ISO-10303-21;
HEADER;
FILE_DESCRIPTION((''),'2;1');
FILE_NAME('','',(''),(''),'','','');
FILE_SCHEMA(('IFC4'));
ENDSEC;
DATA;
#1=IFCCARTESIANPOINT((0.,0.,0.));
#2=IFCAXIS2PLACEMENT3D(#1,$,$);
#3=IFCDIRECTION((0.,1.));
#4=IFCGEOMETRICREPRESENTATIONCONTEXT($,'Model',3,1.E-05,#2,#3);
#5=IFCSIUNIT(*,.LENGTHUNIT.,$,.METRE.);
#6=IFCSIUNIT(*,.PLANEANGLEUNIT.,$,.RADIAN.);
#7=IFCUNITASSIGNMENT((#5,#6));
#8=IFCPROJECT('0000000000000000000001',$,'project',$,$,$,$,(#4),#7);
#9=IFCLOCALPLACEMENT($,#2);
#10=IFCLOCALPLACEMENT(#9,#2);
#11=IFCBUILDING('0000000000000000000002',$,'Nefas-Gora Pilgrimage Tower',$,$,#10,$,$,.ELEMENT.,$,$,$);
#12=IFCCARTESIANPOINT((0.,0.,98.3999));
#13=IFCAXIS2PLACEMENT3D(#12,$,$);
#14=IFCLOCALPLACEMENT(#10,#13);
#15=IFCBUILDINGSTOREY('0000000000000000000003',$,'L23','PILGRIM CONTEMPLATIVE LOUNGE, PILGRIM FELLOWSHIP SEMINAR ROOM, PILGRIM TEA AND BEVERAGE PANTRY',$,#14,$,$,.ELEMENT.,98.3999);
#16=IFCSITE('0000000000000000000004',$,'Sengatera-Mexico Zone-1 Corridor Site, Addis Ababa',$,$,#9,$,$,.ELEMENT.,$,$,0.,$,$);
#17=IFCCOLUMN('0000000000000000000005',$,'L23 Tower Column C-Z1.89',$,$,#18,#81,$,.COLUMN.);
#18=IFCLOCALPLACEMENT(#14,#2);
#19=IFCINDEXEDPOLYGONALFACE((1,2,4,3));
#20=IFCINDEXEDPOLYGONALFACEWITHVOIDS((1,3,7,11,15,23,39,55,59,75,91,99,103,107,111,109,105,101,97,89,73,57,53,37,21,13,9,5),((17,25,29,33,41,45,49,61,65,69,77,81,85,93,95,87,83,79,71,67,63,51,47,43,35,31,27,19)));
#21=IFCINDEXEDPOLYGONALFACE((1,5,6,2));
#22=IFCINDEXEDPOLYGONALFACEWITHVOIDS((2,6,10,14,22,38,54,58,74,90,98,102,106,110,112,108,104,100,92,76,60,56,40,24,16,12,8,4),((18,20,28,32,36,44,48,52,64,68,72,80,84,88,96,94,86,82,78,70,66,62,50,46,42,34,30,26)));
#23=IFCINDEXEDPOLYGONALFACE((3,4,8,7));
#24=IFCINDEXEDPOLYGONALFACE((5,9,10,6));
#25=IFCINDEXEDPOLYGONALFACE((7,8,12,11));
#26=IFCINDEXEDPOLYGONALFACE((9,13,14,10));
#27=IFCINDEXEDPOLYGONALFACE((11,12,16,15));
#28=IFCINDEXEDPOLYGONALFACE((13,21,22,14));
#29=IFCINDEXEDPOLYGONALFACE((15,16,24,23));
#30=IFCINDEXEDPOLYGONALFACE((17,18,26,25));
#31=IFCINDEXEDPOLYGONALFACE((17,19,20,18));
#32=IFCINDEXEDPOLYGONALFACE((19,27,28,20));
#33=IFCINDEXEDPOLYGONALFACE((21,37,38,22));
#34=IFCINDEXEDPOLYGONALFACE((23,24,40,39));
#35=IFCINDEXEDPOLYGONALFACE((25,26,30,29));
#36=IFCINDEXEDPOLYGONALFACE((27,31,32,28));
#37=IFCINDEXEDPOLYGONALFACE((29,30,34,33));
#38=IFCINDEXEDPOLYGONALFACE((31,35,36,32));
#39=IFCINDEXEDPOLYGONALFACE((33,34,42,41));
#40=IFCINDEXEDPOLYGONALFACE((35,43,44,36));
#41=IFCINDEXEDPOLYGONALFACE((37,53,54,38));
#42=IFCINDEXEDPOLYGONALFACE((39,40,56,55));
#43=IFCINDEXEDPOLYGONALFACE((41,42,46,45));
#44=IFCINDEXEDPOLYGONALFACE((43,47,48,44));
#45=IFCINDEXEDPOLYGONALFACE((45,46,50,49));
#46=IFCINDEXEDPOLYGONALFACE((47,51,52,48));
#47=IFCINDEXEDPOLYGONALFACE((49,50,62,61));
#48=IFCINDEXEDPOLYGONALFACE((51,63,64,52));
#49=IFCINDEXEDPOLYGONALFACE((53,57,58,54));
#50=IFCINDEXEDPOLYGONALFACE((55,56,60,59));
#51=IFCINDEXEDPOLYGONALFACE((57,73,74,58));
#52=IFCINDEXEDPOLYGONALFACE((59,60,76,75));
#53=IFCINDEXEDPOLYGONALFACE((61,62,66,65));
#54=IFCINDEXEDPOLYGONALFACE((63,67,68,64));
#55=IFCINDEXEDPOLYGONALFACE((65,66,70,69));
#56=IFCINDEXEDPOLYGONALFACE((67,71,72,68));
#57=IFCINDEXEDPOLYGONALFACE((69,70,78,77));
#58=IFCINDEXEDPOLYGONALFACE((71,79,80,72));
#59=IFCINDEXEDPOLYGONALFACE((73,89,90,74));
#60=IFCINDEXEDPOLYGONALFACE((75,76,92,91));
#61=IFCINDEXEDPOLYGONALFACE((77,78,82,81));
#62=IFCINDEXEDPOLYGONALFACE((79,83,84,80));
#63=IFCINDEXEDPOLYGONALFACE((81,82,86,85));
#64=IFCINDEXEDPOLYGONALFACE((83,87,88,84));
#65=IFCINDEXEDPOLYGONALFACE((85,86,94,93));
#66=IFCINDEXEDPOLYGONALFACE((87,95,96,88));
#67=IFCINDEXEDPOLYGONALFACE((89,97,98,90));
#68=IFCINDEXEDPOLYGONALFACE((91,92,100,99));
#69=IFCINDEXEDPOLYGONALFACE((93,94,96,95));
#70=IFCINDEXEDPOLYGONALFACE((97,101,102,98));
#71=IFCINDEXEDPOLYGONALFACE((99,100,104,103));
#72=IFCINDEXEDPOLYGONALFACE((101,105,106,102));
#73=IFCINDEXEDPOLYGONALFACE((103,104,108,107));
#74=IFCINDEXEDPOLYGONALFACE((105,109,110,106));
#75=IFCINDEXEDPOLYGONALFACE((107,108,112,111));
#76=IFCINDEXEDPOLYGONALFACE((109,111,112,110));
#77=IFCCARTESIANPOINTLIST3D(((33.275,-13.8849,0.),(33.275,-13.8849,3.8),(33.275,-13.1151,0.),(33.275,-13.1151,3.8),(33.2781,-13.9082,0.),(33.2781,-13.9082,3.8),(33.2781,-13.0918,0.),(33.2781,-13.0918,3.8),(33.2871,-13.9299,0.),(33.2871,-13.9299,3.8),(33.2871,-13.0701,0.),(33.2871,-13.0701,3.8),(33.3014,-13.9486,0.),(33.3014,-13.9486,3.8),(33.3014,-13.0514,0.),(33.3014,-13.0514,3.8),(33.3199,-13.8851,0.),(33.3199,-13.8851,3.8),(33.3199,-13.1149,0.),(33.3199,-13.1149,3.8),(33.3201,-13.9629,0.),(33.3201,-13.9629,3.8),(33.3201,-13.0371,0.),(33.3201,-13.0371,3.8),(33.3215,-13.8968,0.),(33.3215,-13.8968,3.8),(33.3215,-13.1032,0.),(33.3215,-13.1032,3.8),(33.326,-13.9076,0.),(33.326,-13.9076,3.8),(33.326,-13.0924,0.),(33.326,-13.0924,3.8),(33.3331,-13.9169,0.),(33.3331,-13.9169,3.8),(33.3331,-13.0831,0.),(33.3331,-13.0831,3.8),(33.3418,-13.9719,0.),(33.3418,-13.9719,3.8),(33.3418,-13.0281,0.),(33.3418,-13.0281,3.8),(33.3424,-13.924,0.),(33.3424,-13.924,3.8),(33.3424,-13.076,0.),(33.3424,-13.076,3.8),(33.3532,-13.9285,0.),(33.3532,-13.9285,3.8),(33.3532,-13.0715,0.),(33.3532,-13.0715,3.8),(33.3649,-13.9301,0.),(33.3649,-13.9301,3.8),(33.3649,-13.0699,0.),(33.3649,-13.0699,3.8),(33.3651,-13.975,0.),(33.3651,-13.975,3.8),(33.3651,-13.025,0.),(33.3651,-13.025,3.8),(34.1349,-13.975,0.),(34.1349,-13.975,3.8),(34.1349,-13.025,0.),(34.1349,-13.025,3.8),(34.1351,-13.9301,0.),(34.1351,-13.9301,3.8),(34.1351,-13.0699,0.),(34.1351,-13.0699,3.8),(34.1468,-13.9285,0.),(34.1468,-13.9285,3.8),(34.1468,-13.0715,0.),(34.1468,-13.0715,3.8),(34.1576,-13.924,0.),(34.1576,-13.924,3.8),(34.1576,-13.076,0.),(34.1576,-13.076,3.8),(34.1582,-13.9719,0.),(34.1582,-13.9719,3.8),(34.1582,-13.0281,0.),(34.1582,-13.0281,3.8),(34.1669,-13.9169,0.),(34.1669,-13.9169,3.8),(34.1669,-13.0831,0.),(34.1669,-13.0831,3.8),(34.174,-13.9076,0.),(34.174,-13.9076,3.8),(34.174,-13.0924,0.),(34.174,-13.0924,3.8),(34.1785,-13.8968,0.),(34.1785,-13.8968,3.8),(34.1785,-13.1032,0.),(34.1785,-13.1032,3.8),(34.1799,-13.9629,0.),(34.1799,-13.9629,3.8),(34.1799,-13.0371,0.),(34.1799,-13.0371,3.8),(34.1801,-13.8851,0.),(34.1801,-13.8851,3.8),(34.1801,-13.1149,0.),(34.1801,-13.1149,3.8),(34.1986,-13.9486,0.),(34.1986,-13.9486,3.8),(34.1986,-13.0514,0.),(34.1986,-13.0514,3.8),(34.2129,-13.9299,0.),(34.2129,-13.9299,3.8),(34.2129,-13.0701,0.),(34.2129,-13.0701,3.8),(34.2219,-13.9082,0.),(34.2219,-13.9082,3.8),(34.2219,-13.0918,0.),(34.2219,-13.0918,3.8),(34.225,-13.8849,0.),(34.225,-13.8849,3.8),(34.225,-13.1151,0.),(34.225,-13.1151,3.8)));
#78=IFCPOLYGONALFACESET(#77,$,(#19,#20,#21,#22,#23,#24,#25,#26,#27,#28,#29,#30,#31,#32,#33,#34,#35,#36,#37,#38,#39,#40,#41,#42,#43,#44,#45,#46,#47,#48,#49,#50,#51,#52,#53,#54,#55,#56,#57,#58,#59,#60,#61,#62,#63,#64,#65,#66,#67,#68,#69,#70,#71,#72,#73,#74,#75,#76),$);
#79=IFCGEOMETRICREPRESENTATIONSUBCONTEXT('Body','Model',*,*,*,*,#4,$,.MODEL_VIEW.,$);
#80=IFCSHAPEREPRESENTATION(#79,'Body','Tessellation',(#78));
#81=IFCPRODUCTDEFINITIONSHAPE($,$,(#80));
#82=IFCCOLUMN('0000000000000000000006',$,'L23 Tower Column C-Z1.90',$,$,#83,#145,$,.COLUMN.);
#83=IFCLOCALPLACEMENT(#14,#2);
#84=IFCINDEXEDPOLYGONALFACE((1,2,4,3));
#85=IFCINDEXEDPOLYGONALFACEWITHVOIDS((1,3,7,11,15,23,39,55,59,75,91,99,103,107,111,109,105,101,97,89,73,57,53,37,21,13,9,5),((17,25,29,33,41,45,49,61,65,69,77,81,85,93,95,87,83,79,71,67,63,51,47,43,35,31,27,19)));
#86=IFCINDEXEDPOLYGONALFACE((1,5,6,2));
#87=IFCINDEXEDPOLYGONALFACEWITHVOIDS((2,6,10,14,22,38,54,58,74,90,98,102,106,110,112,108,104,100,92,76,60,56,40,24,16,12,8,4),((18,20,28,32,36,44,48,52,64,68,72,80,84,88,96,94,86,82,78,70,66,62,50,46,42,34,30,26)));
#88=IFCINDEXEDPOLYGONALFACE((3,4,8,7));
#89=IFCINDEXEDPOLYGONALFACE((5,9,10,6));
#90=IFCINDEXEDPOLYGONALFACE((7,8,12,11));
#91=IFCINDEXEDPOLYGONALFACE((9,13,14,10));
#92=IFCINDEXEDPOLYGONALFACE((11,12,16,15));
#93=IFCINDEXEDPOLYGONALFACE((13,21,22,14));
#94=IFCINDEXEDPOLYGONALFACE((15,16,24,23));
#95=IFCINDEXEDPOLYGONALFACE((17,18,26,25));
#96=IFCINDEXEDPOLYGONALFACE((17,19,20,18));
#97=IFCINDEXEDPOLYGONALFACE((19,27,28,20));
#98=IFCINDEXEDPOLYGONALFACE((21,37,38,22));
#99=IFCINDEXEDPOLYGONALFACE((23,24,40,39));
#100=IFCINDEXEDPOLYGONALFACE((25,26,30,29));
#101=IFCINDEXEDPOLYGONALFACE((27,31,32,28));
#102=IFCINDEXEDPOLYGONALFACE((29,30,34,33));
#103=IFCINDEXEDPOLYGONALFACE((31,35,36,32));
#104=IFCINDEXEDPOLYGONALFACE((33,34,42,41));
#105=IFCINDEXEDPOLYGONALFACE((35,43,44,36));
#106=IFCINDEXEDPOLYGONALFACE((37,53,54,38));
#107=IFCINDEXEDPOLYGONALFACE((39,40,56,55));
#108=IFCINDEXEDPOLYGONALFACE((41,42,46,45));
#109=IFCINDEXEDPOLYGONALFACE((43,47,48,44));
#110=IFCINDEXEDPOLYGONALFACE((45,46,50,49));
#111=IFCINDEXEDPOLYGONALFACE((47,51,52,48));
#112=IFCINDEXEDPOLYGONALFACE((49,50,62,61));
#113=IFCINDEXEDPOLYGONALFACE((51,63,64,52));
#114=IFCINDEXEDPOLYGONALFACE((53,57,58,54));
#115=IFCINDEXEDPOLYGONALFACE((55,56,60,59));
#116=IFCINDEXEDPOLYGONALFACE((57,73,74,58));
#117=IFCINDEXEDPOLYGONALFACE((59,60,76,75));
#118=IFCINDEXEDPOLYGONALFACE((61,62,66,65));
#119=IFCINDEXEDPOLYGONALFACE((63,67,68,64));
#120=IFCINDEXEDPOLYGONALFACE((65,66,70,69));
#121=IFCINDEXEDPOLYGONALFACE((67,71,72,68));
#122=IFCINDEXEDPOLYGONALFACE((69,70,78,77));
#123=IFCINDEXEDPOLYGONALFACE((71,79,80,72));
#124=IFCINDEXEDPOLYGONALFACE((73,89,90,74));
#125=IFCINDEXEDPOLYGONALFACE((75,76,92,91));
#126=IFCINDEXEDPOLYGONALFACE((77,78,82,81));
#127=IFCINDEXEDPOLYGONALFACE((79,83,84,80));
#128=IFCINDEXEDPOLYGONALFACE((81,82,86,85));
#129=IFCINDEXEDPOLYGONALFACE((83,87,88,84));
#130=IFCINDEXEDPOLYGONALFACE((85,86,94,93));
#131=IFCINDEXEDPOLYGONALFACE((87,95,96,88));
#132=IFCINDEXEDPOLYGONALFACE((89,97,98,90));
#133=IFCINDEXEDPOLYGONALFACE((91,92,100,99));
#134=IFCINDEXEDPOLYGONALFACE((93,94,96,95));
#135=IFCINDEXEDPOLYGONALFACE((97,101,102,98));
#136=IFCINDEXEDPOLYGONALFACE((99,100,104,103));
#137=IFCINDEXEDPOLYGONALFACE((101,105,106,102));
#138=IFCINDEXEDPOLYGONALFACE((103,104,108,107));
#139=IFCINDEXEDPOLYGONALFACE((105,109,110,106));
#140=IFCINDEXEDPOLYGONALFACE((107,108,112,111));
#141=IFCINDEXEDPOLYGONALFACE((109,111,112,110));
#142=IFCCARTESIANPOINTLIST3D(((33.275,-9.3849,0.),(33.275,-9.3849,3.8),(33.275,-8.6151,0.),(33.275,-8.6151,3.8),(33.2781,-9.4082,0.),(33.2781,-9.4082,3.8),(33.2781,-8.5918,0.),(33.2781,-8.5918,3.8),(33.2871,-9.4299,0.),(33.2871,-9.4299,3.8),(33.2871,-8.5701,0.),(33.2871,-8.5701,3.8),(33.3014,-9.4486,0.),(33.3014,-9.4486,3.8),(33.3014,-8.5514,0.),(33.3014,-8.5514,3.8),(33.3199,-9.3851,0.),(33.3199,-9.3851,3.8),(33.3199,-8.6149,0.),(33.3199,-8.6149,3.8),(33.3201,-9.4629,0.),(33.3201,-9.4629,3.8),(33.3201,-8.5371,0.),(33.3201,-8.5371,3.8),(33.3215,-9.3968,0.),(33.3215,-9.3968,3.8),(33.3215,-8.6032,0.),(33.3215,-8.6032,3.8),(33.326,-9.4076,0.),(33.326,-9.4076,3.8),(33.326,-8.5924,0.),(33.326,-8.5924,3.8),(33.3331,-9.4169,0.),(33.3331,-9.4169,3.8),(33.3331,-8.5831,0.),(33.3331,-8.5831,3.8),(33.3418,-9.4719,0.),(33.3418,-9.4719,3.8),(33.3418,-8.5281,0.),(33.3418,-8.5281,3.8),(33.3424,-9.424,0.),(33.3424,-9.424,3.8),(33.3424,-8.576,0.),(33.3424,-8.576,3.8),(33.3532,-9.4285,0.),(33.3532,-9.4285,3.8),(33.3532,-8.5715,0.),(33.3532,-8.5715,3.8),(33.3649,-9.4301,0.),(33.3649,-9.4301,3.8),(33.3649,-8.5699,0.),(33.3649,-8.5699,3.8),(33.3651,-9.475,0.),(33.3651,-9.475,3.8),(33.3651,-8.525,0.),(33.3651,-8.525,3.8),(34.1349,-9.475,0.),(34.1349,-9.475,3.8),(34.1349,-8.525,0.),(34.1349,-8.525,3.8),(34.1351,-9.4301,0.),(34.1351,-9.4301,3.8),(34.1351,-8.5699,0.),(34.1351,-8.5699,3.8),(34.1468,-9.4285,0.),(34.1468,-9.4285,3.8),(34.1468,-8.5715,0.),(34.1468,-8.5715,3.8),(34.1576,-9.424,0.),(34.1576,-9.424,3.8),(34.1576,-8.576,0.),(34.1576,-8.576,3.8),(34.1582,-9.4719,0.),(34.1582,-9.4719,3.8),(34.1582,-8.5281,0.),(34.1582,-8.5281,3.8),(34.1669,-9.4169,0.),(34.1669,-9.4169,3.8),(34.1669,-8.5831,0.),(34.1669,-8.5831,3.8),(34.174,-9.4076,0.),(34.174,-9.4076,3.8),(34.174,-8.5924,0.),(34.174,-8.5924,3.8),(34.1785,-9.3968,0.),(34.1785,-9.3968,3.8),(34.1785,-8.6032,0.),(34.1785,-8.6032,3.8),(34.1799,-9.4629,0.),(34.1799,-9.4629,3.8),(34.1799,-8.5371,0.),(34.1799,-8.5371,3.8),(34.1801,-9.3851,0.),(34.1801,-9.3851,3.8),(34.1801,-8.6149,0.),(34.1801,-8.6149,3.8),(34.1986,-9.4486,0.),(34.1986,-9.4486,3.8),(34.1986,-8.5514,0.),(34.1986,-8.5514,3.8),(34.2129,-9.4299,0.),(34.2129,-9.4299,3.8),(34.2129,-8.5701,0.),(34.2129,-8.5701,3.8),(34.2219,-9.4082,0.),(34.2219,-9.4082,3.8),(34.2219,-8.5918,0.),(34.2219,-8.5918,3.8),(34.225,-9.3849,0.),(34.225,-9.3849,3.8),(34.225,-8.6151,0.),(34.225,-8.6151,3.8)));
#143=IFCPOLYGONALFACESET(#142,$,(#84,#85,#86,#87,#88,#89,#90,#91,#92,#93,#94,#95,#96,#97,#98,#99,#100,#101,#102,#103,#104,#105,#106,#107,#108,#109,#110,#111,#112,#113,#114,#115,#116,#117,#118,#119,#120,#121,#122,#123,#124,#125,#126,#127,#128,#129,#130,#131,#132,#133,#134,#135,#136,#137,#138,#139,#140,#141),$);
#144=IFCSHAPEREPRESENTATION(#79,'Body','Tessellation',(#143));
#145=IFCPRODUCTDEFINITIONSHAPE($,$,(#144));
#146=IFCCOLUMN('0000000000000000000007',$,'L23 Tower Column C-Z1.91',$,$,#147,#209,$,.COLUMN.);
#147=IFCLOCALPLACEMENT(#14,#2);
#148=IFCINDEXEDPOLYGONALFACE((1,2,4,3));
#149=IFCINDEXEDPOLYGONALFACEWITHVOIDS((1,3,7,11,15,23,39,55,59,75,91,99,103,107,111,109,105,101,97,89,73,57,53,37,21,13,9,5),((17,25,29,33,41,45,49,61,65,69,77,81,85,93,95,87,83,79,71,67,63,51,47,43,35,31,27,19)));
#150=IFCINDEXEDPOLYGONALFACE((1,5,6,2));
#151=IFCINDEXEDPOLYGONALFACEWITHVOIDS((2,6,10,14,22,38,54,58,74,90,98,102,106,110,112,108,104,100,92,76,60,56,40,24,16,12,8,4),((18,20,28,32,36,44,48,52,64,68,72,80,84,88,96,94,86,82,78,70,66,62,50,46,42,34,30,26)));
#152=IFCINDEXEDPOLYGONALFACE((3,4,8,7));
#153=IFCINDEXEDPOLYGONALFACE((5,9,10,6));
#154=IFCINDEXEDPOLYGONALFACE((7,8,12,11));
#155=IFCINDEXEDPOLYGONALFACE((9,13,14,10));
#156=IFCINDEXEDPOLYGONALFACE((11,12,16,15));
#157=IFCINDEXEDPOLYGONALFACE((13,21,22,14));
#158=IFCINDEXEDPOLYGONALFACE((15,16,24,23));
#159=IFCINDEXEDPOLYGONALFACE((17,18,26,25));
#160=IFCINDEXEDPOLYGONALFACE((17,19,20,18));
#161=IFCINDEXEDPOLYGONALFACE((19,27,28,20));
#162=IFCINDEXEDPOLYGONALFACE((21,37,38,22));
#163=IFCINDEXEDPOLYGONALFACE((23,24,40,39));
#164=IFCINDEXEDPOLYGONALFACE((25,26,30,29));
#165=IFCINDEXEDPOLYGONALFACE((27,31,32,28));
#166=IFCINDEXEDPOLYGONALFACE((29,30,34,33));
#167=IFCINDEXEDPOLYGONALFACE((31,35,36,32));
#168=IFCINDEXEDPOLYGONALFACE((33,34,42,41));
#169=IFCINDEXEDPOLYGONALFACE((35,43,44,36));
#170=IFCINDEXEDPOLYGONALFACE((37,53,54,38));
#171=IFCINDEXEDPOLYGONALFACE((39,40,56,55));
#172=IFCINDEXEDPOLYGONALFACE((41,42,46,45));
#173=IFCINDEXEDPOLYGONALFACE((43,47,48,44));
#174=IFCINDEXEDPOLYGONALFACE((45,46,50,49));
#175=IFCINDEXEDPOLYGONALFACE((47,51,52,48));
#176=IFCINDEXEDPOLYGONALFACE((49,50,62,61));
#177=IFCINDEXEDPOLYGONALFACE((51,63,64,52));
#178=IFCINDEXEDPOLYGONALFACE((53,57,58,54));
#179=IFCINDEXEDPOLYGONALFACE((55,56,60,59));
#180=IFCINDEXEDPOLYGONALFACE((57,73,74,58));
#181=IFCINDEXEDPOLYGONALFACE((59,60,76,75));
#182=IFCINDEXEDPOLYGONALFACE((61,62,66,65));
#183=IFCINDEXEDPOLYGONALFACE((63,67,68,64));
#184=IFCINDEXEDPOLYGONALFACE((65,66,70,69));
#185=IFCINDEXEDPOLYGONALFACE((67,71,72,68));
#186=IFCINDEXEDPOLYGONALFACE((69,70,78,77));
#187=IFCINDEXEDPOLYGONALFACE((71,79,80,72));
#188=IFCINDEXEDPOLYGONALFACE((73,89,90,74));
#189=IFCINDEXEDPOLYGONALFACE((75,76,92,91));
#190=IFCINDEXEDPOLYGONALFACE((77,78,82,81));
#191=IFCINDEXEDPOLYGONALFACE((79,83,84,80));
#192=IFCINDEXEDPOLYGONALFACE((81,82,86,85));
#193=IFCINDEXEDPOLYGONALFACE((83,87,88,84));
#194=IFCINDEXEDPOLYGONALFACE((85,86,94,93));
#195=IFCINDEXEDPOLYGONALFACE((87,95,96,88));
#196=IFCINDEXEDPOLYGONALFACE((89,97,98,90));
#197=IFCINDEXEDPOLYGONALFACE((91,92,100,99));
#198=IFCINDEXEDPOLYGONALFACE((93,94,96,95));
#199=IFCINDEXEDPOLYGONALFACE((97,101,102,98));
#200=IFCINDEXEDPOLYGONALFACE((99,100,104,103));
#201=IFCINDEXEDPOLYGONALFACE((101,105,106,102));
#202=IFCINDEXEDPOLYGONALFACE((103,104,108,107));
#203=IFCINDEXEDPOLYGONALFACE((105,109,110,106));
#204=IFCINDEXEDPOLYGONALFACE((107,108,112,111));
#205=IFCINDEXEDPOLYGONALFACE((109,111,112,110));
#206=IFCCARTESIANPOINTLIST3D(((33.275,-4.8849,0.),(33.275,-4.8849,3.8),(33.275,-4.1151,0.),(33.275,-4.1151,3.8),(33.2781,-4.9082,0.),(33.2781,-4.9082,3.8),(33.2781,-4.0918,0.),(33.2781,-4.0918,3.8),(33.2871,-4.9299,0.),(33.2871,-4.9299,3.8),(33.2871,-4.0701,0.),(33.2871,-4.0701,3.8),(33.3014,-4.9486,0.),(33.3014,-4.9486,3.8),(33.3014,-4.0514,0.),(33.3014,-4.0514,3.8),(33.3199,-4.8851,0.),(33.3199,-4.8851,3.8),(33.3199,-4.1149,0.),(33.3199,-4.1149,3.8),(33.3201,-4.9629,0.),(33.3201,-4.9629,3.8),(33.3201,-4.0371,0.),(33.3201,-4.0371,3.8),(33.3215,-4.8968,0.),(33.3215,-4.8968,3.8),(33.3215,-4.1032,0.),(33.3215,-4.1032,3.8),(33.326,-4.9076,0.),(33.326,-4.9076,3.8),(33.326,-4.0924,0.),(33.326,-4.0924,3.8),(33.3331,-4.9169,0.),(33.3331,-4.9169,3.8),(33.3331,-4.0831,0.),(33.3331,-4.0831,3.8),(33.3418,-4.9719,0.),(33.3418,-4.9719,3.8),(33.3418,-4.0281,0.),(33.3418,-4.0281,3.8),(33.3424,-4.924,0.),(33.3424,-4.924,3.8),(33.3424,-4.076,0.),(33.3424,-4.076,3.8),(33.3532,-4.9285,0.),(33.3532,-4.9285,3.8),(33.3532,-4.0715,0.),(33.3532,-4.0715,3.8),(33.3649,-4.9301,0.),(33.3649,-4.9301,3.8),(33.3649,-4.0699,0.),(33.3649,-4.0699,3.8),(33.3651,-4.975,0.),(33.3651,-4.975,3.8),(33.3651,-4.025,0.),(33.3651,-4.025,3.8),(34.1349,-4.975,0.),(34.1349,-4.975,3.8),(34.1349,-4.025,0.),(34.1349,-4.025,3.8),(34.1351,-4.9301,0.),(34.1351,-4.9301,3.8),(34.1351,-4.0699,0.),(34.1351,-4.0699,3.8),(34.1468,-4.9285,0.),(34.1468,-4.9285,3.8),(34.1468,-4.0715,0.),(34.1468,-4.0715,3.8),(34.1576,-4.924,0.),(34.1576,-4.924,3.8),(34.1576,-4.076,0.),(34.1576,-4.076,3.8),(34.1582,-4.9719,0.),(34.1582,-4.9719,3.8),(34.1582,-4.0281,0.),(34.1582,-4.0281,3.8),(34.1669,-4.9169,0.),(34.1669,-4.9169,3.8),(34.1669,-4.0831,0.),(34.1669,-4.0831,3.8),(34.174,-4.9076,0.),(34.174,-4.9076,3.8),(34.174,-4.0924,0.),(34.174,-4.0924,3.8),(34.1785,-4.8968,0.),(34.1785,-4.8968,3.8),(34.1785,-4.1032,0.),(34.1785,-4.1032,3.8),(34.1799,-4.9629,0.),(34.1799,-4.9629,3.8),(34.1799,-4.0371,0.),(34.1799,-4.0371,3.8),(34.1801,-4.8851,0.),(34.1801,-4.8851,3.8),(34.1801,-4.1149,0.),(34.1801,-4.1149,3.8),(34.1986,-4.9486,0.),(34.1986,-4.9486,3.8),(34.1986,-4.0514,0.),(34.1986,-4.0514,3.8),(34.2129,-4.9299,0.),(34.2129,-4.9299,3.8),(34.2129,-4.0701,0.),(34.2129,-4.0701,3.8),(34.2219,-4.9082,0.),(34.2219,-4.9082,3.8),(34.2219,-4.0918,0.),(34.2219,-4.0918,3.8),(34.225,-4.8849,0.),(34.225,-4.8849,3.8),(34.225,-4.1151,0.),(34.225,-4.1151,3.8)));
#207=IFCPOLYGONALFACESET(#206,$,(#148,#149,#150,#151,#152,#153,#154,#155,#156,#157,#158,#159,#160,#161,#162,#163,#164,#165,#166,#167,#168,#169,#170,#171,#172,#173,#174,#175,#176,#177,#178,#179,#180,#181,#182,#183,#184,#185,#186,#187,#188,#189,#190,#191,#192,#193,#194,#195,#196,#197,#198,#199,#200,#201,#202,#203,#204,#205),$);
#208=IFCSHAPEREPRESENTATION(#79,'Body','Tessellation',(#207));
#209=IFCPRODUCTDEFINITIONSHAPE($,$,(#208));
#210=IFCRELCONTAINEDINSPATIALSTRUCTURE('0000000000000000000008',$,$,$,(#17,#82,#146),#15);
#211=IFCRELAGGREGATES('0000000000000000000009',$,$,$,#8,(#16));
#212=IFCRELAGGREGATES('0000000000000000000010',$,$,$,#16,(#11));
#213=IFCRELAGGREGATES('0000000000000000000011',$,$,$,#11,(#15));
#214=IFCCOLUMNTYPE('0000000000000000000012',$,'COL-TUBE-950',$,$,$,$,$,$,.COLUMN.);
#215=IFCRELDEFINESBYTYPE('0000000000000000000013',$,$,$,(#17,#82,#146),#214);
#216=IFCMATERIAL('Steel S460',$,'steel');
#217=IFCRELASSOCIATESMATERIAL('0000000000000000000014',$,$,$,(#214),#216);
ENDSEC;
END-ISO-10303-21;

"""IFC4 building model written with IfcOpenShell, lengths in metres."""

from ifc_helpers import new_model, si_unit, direction, frame, origin, origin_2d, place, context, subcontext, project, spatial, hollow_rectangle, extrude, source, transform, mapped, material, material_profile, profile_set, type_object, element, save


model = new_model("IFC4")

# Units and contexts
model_context = context("Model", 3, precision=1e-05, world=origin(), true_north=direction((0.0, 1.0)))
body_context = subcontext(model_context, "Body", "Model", "MODEL_VIEW")
ifc_project = project(units=[si_unit("LENGTHUNIT", "METRE"), si_unit("PLANEANGLEUNIT", "RADIAN")], contexts=[model_context])

# Site, building, storey
site_placement = place(None, origin())
site = spatial("IfcSite", under=ifc_project, at=site_placement, Name="Sengatera-Mexico Zone-1 Corridor Site, Addis Ababa", CompositionType="ELEMENT", RefElevation=0.0)
building_placement = place(site_placement, origin())
building = spatial("IfcBuilding", under=site, at=building_placement, Name="Nefas-Gora Pilgrimage Tower", CompositionType="ELEMENT")
storey_placement = place(building_placement, frame((0.0, 0.0, 98.3999)))
storey = spatial("IfcBuildingStorey", under=building, at=storey_placement, Name="L23", Description="PILGRIM CONTEMPLATIVE LOUNGE, PILGRIM FELLOWSHIP SEMINAR ROOM, PILGRIM TEA AND BEVERAGE PANTRY", CompositionType="ELEMENT", Elevation=98.3999)

# Columns
ifc_material_1 = material(Name="Steel S460", Category="steel")
ifc_material_profile_1 = material_profile(ifc_material_1, hollow_rectangle(XDim=0.95, YDim=0.95, WallThickness=0.0449, InnerFilletRadius=0.0449, OuterFilletRadius=0.0901, at=origin_2d()), Name="BOX 950x950x45")
ifc_profile_set_1 = profile_set([ifc_material_profile_1], Name="Steel S460")
column_type_1 = type_object("IfcColumnType", Name="COL-TUBE-950", PredefinedType="COLUMN", material=ifc_profile_set_1)
shared_shape_1 = source(origin(), body_context, "Body", "SweptSolid", [
    extrude(hollow_rectangle(XDim=0.95, YDim=0.95, WallThickness=0.0449, InnerFilletRadius=0.0449, OuterFilletRadius=0.0901, at=origin_2d()), origin(), (0.0, 0.0, 1.0), 3.8),
])
for number, where, z_axis, x_axis, name in (
    (1, (33.75, -13.5, 0.0), (0.0, 0.0, 1.0), (1.0, 0.0, 0.0), "L23 Tower Column C-Z1.89"),
    (2, (33.75, -9.0, 0.0), (0.0, 0.0, 1.0), (1.0, 0.0, 0.0), "L23 Tower Column C-Z1.90"),
    (3, (33.75, -4.5, 0.0), (0.0, 0.0, 1.0), (1.0, 0.0, 0.0), "L23 Tower Column C-Z1.91"),
):
    element("IfcColumn", number, at=place(storey_placement, frame(where, z_axis=z_axis, x_axis=x_axis)), inside=storey, type_object=column_type_1, Name=name, PredefinedType="COLUMN", context=body_context, shape_type="MappedRepresentation", body=[
        mapped(shared_shape_1, transform((0.0, 0.0, 0.0), x_axis=(1.0, 0.0, 0.0), y_axis=(0.0, 1.0, 0.0), z_axis=(0.0, 0.0, 1.0), scale=1.0)),
    ])

save(model, "model.ifc")
